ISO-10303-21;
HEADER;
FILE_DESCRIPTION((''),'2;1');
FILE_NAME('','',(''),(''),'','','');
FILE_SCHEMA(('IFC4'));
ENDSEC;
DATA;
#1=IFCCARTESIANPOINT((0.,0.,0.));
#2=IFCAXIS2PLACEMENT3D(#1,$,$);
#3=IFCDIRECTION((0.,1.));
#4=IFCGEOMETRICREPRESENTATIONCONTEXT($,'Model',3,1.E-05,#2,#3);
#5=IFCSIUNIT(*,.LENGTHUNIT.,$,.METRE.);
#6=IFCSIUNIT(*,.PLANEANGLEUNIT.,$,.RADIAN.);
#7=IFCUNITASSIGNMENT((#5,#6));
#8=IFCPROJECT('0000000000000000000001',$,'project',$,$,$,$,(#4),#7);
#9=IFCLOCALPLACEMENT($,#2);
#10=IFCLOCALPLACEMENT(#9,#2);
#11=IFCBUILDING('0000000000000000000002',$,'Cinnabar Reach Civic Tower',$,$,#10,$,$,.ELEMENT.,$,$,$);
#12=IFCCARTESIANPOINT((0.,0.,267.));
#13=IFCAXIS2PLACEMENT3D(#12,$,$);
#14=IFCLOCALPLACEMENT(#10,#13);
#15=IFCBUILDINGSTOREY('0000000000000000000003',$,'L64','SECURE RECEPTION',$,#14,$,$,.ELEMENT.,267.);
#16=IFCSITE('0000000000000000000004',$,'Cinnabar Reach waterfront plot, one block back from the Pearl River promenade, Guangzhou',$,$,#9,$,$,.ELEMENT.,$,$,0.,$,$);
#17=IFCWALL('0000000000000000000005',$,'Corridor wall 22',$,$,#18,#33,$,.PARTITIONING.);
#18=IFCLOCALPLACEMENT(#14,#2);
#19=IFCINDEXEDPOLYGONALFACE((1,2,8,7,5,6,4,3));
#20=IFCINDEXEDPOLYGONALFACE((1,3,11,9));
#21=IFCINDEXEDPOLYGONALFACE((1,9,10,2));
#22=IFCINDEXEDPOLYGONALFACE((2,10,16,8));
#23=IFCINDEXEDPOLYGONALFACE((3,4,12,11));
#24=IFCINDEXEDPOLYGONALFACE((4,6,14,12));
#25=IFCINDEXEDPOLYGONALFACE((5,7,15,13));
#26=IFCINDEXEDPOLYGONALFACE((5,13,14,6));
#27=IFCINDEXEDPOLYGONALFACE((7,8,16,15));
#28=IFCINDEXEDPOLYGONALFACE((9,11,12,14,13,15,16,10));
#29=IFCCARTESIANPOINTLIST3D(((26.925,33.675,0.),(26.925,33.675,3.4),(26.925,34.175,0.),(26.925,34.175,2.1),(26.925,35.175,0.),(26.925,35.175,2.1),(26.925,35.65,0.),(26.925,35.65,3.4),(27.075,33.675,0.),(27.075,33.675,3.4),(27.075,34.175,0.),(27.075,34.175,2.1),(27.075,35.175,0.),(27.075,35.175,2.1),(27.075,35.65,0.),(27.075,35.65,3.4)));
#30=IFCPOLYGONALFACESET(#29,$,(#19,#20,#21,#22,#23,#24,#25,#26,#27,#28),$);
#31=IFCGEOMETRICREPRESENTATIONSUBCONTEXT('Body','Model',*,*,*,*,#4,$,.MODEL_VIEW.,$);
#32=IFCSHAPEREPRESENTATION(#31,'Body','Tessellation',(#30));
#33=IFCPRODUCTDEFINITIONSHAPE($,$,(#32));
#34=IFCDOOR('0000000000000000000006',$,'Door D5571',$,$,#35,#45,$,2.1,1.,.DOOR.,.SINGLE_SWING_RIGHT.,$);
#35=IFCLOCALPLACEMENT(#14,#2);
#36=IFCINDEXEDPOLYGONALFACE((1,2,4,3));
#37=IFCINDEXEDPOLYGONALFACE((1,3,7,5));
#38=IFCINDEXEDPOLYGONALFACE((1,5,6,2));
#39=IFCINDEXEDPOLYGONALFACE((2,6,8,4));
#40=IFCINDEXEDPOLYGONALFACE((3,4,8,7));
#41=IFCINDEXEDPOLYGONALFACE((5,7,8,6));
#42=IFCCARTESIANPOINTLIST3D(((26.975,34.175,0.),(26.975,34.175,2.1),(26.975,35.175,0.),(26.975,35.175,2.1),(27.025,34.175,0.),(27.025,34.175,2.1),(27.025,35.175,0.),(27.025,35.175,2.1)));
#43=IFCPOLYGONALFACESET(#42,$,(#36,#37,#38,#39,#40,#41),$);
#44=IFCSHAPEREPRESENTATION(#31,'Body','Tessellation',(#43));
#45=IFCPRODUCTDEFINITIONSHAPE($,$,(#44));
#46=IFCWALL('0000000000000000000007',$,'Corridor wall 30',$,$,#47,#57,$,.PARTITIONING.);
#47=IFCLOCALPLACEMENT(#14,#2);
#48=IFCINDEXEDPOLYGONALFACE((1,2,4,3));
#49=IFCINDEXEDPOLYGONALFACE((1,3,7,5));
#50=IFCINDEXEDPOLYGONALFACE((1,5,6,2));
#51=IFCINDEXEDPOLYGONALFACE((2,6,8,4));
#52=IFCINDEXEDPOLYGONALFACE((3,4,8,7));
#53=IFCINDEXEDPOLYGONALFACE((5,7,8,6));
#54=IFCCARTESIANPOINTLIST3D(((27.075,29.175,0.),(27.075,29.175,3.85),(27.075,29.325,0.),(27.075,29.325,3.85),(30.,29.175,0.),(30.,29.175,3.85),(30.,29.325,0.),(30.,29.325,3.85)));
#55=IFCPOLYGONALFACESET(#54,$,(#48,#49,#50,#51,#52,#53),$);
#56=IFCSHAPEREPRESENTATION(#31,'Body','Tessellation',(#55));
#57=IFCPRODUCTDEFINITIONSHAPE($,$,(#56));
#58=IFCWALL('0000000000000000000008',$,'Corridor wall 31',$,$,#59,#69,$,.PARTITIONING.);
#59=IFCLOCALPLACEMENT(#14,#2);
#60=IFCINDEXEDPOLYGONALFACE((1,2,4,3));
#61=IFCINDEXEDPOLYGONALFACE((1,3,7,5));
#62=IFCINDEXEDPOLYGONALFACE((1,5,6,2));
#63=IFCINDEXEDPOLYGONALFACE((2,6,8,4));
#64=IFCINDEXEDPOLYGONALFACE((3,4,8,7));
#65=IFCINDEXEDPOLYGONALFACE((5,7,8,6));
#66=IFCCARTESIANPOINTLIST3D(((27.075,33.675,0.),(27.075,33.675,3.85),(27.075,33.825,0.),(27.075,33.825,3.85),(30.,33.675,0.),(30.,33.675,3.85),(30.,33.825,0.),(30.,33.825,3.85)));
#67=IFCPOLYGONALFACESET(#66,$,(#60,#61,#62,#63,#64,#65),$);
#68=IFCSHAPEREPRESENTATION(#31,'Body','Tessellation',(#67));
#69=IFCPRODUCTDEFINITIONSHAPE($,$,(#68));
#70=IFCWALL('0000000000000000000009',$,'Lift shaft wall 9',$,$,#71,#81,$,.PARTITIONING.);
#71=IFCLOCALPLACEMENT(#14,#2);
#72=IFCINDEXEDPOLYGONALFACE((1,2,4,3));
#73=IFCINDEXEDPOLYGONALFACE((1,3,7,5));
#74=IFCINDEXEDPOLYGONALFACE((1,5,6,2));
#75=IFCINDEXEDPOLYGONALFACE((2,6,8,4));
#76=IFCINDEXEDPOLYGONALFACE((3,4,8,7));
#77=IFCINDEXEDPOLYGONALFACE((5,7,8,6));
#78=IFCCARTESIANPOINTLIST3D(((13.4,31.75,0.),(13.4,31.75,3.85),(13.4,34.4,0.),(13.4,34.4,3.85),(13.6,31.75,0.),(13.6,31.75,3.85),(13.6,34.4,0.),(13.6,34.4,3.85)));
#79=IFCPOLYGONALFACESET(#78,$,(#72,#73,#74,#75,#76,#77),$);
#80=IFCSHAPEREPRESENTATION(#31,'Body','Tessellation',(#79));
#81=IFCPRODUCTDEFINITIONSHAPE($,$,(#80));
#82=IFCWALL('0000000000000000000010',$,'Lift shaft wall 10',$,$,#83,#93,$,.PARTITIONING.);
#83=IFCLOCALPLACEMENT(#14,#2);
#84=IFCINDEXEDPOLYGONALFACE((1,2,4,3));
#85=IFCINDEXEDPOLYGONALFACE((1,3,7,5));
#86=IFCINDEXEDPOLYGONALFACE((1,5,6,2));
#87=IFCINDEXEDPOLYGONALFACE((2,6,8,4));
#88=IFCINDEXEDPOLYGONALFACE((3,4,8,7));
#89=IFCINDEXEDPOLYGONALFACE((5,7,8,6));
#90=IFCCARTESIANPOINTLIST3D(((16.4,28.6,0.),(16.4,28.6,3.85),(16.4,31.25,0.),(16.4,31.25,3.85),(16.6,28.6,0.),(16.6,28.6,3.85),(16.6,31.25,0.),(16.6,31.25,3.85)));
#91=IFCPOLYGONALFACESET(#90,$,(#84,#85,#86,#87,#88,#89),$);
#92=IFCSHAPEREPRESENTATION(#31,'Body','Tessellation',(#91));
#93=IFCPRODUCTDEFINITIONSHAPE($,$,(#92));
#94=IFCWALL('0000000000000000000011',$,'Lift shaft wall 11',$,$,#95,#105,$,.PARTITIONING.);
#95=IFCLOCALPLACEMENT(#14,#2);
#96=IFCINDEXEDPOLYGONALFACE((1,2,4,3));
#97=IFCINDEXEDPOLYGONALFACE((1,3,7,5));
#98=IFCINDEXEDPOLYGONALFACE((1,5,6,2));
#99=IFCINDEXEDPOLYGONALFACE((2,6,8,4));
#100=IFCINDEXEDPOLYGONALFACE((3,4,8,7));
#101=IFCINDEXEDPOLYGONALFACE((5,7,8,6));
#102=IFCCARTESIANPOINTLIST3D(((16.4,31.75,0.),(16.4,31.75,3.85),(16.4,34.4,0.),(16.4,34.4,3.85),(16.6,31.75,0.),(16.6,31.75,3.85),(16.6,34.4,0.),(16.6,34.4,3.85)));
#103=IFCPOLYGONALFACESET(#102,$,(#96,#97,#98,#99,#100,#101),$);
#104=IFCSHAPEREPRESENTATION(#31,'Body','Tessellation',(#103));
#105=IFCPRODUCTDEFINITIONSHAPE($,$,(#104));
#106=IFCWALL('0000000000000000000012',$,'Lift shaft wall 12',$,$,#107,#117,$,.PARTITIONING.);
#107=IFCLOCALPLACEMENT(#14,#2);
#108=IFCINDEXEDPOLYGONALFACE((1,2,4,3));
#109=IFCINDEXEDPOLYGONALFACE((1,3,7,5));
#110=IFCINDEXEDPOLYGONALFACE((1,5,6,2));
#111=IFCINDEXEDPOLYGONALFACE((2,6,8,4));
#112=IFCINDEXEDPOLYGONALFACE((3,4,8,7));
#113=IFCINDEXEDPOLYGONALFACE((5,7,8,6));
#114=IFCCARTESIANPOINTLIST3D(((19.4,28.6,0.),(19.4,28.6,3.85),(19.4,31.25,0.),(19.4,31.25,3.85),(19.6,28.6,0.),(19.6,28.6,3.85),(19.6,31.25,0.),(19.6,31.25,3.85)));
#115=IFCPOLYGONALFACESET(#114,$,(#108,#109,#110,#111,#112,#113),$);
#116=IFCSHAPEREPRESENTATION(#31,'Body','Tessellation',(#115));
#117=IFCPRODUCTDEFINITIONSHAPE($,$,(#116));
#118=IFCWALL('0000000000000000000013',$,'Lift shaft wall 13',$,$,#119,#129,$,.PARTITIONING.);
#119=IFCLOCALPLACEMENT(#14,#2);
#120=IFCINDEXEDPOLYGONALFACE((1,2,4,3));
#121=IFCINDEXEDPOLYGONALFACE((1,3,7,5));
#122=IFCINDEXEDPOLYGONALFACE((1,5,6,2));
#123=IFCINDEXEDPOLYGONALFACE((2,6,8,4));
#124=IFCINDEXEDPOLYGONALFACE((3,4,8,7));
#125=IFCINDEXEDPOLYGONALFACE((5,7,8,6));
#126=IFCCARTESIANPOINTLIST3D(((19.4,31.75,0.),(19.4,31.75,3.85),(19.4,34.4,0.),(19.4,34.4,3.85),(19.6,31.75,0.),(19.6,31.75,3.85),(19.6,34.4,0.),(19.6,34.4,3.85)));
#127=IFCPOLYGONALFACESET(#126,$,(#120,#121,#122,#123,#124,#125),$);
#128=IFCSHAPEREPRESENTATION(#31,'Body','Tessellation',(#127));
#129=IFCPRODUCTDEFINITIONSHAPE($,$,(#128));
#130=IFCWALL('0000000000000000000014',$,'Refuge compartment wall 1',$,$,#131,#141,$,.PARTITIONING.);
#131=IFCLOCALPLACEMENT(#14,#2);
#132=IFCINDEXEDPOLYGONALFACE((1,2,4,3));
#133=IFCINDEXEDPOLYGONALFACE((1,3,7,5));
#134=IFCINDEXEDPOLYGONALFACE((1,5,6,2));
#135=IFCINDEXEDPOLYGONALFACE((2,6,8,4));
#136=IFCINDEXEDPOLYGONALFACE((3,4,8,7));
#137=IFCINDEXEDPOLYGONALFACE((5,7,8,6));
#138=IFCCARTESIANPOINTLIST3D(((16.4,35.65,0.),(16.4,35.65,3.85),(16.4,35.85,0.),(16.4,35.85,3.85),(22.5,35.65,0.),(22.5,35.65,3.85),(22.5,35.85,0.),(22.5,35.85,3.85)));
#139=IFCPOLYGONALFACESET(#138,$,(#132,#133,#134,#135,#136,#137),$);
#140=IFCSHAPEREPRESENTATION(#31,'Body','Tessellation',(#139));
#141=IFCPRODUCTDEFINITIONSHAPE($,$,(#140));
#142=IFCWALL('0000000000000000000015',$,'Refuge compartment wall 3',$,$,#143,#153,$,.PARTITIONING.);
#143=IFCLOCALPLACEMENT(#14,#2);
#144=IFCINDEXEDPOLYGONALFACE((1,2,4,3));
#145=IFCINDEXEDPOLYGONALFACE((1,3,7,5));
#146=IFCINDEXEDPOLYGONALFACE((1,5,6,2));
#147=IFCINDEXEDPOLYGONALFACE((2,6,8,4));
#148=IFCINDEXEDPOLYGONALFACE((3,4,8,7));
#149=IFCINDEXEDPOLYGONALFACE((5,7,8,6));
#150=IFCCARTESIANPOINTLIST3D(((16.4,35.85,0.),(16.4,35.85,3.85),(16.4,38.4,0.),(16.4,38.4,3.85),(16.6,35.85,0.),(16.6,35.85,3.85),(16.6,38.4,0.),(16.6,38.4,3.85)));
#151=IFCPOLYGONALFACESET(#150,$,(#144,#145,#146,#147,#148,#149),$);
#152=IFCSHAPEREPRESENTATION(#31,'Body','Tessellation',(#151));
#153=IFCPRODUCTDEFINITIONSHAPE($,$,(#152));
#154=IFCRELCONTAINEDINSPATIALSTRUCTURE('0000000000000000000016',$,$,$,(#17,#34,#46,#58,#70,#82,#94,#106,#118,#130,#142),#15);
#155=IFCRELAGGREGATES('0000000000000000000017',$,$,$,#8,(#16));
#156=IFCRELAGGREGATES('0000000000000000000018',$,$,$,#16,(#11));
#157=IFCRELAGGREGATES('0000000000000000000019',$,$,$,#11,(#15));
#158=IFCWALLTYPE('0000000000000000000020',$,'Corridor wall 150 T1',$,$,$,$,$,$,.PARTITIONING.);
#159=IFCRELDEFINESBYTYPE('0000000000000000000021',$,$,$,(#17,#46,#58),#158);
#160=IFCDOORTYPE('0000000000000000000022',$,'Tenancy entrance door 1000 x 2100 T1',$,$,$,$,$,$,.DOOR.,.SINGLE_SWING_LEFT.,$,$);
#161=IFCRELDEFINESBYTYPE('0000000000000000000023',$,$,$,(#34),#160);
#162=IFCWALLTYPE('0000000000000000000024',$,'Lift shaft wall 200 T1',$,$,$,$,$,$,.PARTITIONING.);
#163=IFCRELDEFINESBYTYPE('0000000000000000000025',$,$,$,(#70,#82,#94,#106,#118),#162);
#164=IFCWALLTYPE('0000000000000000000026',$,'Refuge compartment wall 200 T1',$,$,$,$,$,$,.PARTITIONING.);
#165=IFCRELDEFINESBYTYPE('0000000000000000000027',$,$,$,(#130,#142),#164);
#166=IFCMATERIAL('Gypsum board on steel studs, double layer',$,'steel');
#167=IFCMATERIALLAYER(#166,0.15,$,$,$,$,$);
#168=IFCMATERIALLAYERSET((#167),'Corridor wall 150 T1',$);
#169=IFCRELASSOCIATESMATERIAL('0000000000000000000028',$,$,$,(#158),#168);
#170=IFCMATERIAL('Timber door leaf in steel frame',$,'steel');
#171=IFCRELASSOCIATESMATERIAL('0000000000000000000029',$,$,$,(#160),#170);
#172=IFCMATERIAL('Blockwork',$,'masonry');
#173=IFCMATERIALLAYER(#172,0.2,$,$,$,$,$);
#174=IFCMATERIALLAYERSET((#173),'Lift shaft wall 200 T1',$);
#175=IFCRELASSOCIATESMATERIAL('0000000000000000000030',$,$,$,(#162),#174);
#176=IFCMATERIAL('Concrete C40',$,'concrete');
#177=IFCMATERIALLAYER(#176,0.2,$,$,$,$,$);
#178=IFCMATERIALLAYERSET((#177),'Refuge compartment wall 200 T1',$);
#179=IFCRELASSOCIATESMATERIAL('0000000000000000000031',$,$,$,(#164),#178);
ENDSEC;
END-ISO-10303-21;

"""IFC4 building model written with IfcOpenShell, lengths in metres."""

from ifc_helpers import new_model, si_unit, direction, frame, frame_2d, origin, place, context, subcontext, project, spatial, rectangle, extrude, material, layer, layer_set, type_object, element, fill, save


model = new_model("IFC4")

# Units and contexts
model_context = context("Model", 3, precision=1e-05, world=origin(), true_north=direction((0.0, 1.0)))
body_context = subcontext(model_context, "Body", "Model", "MODEL_VIEW")
ifc_project = project(units=[si_unit("LENGTHUNIT", "METRE"), si_unit("PLANEANGLEUNIT", "RADIAN")], contexts=[model_context])

# Site, building, storey
site_placement = place(None, origin())
site = spatial("IfcSite", under=ifc_project, at=site_placement, Name="Cinnabar Reach waterfront plot, one block back from the Pearl River promenade, Guangzhou", CompositionType="ELEMENT", RefElevation=0.0)
building_placement = place(site_placement, origin())
building = spatial("IfcBuilding", under=site, at=building_placement, Name="Cinnabar Reach Civic Tower", CompositionType="ELEMENT")
storey_placement = place(building_placement, frame((0.0, 0.0, 267.0)))
storey = spatial("IfcBuildingStorey", under=building, at=storey_placement, Name="L64", Description="SECURE RECEPTION", CompositionType="ELEMENT", Elevation=267.0)

# Shared definitions
ifc_material_1 = material(Name="Timber door leaf in steel frame", Category="steel")

# Wall, opening, door
ifc_material_2 = material(Name="Gypsum board on steel studs, double layer", Category="steel")
ifc_layer_1 = layer(ifc_material_2, 0.15)
ifc_layer_set_1 = layer_set([ifc_layer_1], Name="Corridor wall 150 T1")
wall_type_1 = type_object("IfcWallType", Name="Corridor wall 150 T1", PredefinedType="PARTITIONING", material=ifc_layer_set_1)
wall_1_placement = place(storey_placement, frame((27.0, 33.675, 0.0), z_axis=(0.0, 0.0, 1.0), x_axis=(0.0, 1.0, 0.0)))
wall_1 = element("IfcWall", 1, at=wall_1_placement, inside=storey, type_object=wall_type_1, Name="Corridor wall 22", PredefinedType="PARTITIONING", context=body_context, shape_type="SweptSolid", body=[
    extrude(rectangle(XDim=1.975, YDim=0.15, at=frame_2d((0.9875, 0.0))), origin(), (0.0, 0.0, 1.0), 3.4),
])
opening_1_placement = place(wall_1_placement, frame((0.5, 0.0, 0.0)))
opening_1 = element("IfcOpeningElement", 2, at=opening_1_placement, cuts=wall_1, PredefinedType="OPENING", context=body_context, shape_type="SweptSolid", body=[
    extrude(rectangle(XDim=1.0, YDim=2.1, at=frame_2d((0.5, 1.05))), frame((0.0, 0.085, 0.0), z_axis=(0.0, -1.0, 0.0), x_axis=(1.0, 0.0, 0.0)), (0.0, 0.0, 1.0), 0.17),
])
door_type_1 = type_object("IfcDoorType", Name="Tenancy entrance door 1000 x 2100 T1", OperationType="SINGLE_SWING_LEFT", PredefinedType="DOOR", material=ifc_material_1)
door_1_placement = place(opening_1_placement, frame((1.0, 0.0, 0.0), z_axis=(0.0, 0.0, 1.0), x_axis=(-1.0, 0.0, 0.0)))
door_1 = element("IfcDoor", 3, at=door_1_placement, inside=storey, type_object=door_type_1, Name="Door D5571", OperationType="SINGLE_SWING_RIGHT", OverallHeight=2.1, OverallWidth=1.0, PredefinedType="DOOR", context=body_context, shape_type="SweptSolid", body=[
    extrude(rectangle(XDim=1.0, YDim=2.1, at=frame_2d((0.5, 1.05))), frame((0.0, 0.025, 0.0), z_axis=(0.0, -1.0, 0.0), x_axis=(1.0, 0.0, 0.0)), (0.0, 0.0, 1.0), 0.05),
])
fill(opening_1, door_1)

# Walls
for number, where, z_axis, x_axis, name in (
    (4, (27.075, 29.25, 0.0), (0.0, 0.0, 1.0), (1.0, 0.0, 0.0), "Corridor wall 30"),
    (5, (27.075, 33.75, 0.0), (0.0, 0.0, 1.0), (1.0, 0.0, 0.0), "Corridor wall 31"),
):
    element("IfcWall", number, at=place(storey_placement, frame(where, z_axis=z_axis, x_axis=x_axis)), inside=storey, type_object=wall_type_1, Name=name, PredefinedType="PARTITIONING", context=body_context, shape_type="SweptSolid", body=[
        extrude(rectangle(XDim=2.925, YDim=0.15, at=frame_2d((1.4625, 0.0))), origin(), (0.0, 0.0, 1.0), 3.85),
    ])
ifc_material_3 = material(Name="Blockwork", Category="masonry")
ifc_layer_2 = layer(ifc_material_3, 0.2)
ifc_layer_set_2 = layer_set([ifc_layer_2], Name="Lift shaft wall 200 T1")
wall_type_2 = type_object("IfcWallType", Name="Lift shaft wall 200 T1", PredefinedType="PARTITIONING", material=ifc_layer_set_2)
for number, where, z_axis, x_axis, name in (
    (6, (13.5, 31.75, 0.0), (0.0, 0.0, 1.0), (0.0, 1.0, 0.0), "Lift shaft wall 9"),
    (7, (16.5, 28.6, 0.0), (0.0, 0.0, 1.0), (0.0, 1.0, 0.0), "Lift shaft wall 10"),
    (8, (16.5, 31.75, 0.0), (0.0, 0.0, 1.0), (0.0, 1.0, 0.0), "Lift shaft wall 11"),
    (9, (19.5, 28.6, 0.0), (0.0, 0.0, 1.0), (0.0, 1.0, 0.0), "Lift shaft wall 12"),
    (10, (19.5, 31.75, 0.0), (0.0, 0.0, 1.0), (0.0, 1.0, 0.0), "Lift shaft wall 13"),
):
    element("IfcWall", number, at=place(storey_placement, frame(where, z_axis=z_axis, x_axis=x_axis)), inside=storey, type_object=wall_type_2, Name=name, PredefinedType="PARTITIONING", context=body_context, shape_type="SweptSolid", body=[
        extrude(rectangle(XDim=2.65, YDim=0.2, at=frame_2d((1.325, 0.0))), origin(), (0.0, 0.0, 1.0), 3.85),
    ])
ifc_material_4 = material(Name="Concrete C40", Category="concrete")
ifc_layer_3 = layer(ifc_material_4, 0.2)
ifc_layer_set_3 = layer_set([ifc_layer_3], Name="Refuge compartment wall 200 T1")
wall_type_3 = type_object("IfcWallType", Name="Refuge compartment wall 200 T1", PredefinedType="PARTITIONING", material=ifc_layer_set_3)
wall_2_placement = place(storey_placement, frame((16.4, 35.75, 0.0), z_axis=(0.0, 0.0, 1.0), x_axis=(1.0, 0.0, 0.0)))
element("IfcWall", 11, at=wall_2_placement, inside=storey, type_object=wall_type_3, Name="Refuge compartment wall 1", PredefinedType="PARTITIONING", context=body_context, shape_type="SweptSolid", body=[
    extrude(rectangle(XDim=6.1, YDim=0.2, at=frame_2d((3.05, 0.0))), origin(), (0.0, 0.0, 1.0), 3.85),
])
wall_3_placement = place(storey_placement, frame((16.5, 35.85, 0.0), z_axis=(0.0, 0.0, 1.0), x_axis=(0.0, 1.0, 0.0)))
element("IfcWall", 12, at=wall_3_placement, inside=storey, type_object=wall_type_3, Name="Refuge compartment wall 3", PredefinedType="PARTITIONING", context=body_context, shape_type="SweptSolid", body=[
    extrude(rectangle(XDim=2.55, YDim=0.2, at=frame_2d((1.275, 0.0))), origin(), (0.0, 0.0, 1.0), 3.85),
])

save(model, "model.ifc")
